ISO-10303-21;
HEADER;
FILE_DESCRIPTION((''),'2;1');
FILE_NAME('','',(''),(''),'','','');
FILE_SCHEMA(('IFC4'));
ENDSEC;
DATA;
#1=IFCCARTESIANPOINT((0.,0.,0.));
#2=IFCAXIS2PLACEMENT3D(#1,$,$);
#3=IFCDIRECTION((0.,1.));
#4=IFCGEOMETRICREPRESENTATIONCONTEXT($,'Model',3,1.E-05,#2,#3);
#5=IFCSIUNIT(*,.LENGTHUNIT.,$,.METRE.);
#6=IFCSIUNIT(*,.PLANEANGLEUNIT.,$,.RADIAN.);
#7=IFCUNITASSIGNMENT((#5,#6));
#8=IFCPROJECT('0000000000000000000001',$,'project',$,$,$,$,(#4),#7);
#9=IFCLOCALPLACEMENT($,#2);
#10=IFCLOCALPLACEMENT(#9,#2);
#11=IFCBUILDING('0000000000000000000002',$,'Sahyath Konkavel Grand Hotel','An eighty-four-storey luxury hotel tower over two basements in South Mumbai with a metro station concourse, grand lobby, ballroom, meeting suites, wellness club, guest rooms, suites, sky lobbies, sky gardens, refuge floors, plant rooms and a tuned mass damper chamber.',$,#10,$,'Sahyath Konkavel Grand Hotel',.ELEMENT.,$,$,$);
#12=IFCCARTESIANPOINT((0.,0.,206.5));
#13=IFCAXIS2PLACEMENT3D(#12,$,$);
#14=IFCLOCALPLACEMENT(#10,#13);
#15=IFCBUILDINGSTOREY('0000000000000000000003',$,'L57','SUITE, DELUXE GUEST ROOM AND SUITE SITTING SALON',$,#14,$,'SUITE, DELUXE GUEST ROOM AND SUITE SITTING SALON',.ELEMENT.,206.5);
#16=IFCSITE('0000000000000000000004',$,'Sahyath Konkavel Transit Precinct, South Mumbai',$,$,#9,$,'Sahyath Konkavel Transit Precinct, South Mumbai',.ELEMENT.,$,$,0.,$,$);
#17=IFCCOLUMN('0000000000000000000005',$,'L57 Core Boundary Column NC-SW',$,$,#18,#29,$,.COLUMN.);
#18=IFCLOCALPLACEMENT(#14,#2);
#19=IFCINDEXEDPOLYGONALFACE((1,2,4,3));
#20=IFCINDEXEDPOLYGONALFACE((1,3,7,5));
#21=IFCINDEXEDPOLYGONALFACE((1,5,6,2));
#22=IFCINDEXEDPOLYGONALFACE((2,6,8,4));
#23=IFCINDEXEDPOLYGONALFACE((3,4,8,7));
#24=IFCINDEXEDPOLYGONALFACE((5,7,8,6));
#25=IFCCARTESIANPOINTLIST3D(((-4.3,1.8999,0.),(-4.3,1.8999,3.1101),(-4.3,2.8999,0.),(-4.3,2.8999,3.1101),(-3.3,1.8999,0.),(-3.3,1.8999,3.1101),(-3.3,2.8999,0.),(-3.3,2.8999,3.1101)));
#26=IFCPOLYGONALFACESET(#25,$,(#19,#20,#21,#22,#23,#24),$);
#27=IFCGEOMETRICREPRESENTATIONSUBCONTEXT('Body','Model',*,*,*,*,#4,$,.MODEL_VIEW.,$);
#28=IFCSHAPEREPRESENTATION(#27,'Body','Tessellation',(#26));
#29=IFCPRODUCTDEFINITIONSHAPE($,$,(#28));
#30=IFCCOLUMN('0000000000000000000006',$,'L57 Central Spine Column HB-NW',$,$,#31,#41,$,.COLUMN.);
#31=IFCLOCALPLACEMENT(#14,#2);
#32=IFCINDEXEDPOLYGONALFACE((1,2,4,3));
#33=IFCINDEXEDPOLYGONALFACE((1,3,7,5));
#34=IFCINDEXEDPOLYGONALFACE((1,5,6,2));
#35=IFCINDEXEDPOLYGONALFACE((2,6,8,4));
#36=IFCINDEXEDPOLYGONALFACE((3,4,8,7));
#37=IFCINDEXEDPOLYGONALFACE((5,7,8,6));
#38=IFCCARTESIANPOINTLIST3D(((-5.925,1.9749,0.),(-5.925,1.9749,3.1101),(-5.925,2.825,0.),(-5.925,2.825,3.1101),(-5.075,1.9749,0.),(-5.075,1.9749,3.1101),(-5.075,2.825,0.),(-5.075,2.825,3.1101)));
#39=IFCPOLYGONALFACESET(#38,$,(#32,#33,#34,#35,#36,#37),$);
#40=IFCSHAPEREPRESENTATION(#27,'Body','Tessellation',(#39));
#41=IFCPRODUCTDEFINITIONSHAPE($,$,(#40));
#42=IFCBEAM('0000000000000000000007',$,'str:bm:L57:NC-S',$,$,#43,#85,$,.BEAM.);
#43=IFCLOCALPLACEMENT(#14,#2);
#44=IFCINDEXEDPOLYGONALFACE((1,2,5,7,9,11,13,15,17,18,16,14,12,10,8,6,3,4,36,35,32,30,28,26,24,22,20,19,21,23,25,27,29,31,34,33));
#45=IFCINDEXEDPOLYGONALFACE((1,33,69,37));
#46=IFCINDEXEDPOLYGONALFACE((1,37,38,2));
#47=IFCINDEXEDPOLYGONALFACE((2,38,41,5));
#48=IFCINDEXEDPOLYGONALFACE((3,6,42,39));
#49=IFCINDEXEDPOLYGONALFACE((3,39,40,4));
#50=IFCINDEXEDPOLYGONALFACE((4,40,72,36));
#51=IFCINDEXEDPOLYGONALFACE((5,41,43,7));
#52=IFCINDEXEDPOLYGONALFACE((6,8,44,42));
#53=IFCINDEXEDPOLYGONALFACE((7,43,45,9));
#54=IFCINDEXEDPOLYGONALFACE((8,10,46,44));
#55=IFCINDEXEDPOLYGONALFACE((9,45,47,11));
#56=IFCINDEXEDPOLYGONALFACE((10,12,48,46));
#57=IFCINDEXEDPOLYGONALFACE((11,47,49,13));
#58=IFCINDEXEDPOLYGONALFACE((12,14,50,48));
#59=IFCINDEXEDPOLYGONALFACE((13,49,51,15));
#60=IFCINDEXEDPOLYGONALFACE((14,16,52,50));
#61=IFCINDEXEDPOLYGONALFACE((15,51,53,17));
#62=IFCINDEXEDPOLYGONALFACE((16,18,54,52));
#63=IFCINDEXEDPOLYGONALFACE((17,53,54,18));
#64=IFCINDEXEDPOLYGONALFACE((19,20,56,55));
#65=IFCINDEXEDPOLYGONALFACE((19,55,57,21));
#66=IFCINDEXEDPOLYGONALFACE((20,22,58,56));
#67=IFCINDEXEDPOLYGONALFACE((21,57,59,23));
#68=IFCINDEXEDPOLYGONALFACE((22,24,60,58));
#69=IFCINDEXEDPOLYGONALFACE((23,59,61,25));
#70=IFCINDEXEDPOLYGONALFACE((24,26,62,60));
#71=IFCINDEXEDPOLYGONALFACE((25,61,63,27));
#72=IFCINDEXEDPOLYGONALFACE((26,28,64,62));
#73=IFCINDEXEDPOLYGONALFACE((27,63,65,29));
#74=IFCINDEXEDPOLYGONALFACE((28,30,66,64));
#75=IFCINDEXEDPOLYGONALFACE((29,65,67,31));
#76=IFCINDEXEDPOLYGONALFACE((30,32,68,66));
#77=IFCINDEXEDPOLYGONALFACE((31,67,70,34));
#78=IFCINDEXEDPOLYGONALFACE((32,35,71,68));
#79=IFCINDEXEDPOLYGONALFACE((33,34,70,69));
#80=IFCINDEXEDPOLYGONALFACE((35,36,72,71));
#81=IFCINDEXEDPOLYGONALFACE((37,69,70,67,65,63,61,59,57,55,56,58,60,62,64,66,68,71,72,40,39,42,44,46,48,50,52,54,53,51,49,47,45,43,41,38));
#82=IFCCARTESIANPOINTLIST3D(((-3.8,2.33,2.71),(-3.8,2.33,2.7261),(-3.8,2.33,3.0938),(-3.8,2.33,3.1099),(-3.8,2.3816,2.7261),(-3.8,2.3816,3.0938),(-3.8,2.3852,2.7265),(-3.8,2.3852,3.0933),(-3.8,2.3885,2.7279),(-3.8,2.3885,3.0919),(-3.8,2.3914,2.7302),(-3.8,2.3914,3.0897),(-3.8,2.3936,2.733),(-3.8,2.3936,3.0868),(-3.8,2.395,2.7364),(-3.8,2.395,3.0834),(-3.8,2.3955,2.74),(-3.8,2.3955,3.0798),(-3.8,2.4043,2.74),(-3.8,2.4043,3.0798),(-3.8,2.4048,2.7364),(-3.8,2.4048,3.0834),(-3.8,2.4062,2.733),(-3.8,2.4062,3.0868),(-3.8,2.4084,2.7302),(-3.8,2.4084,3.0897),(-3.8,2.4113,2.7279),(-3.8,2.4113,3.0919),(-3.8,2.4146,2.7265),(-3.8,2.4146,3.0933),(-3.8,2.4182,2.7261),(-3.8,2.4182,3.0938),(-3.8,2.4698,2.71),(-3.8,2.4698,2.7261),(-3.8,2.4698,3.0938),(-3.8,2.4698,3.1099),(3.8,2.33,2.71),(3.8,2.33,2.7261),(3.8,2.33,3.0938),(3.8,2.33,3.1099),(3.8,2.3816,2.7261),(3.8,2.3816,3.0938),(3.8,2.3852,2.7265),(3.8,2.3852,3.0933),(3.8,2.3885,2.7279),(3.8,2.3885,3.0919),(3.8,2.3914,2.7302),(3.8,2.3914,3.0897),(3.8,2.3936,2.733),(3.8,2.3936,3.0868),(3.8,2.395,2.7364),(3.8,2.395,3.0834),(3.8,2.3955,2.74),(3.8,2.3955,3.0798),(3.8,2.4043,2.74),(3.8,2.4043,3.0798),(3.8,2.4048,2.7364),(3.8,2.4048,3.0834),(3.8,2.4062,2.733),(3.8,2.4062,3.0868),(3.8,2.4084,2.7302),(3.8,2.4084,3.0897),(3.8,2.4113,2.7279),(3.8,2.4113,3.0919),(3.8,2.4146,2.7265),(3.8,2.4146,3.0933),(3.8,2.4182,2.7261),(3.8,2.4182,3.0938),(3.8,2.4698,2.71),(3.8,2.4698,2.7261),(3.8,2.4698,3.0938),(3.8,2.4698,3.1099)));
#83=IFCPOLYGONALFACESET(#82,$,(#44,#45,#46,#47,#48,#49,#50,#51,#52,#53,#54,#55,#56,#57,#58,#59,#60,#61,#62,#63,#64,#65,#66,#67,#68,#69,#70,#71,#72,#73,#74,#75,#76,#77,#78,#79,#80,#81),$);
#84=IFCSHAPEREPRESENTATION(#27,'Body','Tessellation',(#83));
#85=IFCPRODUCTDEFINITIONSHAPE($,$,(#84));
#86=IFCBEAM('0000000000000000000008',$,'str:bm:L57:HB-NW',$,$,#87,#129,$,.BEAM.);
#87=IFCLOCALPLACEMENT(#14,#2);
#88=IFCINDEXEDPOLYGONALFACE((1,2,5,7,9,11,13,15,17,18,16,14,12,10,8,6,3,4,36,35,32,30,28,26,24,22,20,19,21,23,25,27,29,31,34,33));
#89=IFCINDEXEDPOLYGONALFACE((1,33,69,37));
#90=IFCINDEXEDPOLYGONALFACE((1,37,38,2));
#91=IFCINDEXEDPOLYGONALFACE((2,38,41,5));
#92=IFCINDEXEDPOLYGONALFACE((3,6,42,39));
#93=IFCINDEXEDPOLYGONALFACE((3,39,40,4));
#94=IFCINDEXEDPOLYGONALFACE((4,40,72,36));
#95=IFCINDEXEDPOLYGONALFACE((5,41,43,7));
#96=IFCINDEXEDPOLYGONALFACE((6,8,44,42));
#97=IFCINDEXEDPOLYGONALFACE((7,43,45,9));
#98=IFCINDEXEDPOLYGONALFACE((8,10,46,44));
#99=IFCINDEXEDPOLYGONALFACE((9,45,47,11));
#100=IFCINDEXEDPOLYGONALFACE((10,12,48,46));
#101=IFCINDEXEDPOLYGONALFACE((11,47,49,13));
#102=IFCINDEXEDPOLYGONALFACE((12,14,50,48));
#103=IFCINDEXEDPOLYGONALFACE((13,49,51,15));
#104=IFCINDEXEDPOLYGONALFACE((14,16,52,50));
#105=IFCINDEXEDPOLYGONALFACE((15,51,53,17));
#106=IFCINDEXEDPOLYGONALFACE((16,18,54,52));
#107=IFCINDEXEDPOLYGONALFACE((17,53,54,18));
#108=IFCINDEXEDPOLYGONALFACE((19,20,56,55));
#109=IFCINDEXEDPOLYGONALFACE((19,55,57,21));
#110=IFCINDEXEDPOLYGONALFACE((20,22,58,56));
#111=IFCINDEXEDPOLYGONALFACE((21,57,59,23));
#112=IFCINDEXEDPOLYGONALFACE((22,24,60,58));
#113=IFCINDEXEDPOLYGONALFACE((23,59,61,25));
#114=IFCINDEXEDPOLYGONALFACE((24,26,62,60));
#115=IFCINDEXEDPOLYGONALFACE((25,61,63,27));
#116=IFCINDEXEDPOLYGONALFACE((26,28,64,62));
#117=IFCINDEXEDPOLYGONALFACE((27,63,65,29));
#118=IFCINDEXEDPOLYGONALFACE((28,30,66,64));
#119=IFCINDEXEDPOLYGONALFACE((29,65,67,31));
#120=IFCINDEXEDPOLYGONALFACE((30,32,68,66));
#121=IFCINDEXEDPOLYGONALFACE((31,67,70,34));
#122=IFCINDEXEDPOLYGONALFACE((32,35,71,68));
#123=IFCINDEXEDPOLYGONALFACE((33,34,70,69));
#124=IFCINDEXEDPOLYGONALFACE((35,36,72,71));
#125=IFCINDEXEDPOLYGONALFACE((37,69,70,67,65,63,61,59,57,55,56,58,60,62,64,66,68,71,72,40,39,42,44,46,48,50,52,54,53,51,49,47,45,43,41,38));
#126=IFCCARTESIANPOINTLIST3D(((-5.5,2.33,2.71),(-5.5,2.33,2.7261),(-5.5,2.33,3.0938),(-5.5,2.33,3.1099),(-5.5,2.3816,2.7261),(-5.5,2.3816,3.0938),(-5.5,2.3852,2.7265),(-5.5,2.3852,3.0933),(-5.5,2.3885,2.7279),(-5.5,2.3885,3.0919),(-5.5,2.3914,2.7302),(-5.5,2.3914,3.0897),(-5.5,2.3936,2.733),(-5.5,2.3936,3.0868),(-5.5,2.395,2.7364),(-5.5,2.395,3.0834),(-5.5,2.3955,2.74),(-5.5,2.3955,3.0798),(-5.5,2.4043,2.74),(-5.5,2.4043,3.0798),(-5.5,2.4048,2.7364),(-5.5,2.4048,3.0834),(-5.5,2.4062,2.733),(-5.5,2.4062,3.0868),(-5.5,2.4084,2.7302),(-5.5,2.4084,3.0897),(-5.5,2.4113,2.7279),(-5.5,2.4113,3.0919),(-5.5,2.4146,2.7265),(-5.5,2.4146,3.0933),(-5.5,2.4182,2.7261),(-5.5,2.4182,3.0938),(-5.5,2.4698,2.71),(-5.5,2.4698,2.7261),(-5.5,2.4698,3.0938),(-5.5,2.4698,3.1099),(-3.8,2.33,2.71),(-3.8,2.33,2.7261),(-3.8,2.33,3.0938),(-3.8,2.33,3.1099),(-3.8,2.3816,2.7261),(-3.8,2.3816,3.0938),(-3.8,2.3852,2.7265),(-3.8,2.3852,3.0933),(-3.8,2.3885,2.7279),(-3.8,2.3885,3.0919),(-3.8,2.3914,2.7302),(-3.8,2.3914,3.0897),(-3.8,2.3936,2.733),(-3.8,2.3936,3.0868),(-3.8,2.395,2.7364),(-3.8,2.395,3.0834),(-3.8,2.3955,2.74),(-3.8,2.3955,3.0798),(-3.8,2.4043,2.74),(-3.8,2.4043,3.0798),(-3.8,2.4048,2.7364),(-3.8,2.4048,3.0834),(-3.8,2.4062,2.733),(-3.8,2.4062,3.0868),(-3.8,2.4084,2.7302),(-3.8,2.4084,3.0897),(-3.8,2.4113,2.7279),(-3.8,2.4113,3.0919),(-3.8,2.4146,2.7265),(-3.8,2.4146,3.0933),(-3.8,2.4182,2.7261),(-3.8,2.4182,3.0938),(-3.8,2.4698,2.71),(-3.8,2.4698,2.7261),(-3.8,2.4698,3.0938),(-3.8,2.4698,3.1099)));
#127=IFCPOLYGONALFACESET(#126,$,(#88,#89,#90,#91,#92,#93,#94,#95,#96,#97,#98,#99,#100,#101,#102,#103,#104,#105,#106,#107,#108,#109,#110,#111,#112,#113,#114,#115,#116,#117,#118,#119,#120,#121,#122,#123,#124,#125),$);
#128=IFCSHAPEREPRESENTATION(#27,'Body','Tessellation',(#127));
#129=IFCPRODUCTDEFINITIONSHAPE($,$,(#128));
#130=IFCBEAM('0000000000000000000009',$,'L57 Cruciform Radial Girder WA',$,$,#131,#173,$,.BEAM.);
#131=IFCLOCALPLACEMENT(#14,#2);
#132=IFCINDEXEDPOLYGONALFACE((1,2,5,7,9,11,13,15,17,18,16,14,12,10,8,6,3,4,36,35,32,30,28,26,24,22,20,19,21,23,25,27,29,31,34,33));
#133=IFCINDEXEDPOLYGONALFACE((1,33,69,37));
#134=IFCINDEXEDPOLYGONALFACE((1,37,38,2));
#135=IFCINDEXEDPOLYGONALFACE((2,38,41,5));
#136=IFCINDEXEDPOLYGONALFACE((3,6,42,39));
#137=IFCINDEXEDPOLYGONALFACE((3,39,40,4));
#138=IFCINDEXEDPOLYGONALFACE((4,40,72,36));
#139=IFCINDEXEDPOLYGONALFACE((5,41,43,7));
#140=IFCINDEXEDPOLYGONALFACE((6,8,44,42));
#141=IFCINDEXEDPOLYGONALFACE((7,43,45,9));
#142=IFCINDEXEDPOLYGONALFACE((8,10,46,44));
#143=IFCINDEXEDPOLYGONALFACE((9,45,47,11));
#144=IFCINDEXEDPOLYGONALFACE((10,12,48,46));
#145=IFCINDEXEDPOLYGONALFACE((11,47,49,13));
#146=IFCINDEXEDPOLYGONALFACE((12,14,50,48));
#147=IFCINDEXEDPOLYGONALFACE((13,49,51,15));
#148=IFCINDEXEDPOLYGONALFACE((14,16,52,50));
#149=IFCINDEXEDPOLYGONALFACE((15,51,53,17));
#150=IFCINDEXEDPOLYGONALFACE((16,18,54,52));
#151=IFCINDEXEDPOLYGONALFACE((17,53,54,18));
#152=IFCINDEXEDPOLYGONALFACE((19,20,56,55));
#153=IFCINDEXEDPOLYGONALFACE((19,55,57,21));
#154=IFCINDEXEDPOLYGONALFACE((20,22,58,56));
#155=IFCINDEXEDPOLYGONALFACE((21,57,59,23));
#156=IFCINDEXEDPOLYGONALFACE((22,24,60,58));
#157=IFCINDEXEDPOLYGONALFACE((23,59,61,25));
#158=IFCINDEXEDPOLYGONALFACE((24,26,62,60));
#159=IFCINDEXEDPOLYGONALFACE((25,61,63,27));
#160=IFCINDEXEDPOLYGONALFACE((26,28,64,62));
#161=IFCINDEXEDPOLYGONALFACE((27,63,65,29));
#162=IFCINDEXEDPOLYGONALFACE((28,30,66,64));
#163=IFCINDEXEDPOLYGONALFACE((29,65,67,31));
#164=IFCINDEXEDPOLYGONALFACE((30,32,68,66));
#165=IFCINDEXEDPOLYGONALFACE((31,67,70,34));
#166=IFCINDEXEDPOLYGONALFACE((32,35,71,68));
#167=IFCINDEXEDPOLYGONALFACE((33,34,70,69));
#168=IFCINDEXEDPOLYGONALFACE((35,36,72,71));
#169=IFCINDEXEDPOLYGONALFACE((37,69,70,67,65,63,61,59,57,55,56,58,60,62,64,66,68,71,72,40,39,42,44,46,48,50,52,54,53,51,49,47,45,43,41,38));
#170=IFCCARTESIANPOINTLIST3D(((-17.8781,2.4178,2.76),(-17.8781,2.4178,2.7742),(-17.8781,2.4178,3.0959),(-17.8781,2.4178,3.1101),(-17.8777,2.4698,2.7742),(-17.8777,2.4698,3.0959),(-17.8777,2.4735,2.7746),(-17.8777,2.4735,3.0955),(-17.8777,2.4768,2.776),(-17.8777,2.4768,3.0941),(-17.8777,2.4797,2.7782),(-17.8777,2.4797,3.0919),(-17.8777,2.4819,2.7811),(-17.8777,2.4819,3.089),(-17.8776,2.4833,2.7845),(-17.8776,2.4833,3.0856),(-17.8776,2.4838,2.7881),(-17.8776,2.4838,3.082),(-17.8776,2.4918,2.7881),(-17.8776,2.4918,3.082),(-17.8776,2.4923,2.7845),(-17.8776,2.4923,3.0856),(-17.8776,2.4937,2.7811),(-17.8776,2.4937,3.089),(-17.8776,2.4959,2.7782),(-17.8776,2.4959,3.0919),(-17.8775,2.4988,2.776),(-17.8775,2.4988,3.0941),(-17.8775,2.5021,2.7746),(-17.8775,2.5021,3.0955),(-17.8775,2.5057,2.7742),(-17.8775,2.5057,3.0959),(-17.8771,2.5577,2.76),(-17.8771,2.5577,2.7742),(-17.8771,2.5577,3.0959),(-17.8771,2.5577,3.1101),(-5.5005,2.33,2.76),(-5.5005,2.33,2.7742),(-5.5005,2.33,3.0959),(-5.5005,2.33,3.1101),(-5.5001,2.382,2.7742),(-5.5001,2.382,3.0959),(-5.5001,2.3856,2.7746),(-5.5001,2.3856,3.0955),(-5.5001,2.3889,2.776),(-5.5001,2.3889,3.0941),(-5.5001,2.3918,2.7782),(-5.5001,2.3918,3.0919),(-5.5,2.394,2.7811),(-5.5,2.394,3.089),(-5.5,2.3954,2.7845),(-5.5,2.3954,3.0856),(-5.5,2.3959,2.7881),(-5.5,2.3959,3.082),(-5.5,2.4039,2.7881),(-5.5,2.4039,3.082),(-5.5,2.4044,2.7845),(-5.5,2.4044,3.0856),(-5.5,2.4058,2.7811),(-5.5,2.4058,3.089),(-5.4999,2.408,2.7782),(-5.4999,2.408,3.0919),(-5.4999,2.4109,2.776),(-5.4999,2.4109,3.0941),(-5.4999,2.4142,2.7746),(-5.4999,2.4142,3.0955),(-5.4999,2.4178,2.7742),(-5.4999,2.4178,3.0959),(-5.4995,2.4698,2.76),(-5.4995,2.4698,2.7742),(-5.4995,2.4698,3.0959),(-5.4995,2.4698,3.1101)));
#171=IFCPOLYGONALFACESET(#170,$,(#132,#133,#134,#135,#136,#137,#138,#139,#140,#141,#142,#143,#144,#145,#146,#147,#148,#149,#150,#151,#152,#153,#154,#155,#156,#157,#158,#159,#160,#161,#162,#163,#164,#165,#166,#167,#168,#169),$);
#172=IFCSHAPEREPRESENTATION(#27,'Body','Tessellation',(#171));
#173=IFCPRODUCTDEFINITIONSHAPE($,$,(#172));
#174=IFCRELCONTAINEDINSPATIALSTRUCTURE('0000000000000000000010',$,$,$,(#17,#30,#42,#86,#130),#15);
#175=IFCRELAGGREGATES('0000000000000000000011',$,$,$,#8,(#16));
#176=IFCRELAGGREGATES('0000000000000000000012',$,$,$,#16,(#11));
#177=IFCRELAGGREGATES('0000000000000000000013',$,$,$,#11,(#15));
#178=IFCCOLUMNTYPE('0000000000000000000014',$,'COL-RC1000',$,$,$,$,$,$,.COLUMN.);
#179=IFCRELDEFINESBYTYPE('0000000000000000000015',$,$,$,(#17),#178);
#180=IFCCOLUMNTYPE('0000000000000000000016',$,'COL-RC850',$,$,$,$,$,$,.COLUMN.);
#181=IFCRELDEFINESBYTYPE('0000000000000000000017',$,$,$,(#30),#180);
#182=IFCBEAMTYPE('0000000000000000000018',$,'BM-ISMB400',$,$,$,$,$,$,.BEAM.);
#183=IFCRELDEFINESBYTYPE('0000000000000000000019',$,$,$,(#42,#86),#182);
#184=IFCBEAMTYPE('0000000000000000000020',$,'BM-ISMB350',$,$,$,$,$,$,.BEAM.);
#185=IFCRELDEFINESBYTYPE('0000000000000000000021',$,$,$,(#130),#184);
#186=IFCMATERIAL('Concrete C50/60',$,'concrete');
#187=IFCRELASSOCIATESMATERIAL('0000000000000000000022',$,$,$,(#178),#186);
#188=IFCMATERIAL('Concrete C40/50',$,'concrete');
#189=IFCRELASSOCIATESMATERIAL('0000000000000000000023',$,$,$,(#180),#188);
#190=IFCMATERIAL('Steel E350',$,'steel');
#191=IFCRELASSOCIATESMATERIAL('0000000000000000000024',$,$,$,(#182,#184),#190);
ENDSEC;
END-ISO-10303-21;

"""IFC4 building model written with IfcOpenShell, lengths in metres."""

from ifc_helpers import new_model, si_unit, direction, frame, origin, origin_2d, place, context, subcontext, project, spatial, rectangle, i_section, extrude, source, transform, mapped, material, material_profile, profile_set, type_object, element, save


model = new_model("IFC4")

# Units and contexts
model_context = context("Model", 3, precision=1e-05, world=origin(), true_north=direction((0.0, 1.0)))
body_context = subcontext(model_context, "Body", "Model", "MODEL_VIEW")
ifc_project = project(units=[si_unit("LENGTHUNIT", "METRE"), si_unit("PLANEANGLEUNIT", "RADIAN")], contexts=[model_context])

# Site, building, storey
site_placement = place(None, origin())
site = spatial("IfcSite", under=ifc_project, at=site_placement, Name="Sahyath Konkavel Transit Precinct, South Mumbai", LongName="Sahyath Konkavel Transit Precinct, South Mumbai", CompositionType="ELEMENT", RefElevation=0.0)
building_placement = place(site_placement, origin())
building = spatial("IfcBuilding", under=site, at=building_placement, Name="Sahyath Konkavel Grand Hotel", Description="An eighty-four-storey luxury hotel tower over two basements in South Mumbai with a metro station concourse, grand lobby, ballroom, meeting suites, wellness club, guest rooms, suites, sky lobbies, sky gardens, refuge floors, plant rooms and a tuned mass damper chamber.", LongName="Sahyath Konkavel Grand Hotel", CompositionType="ELEMENT")
storey_placement = place(building_placement, frame((0.0, 0.0, 206.5)))
storey = spatial("IfcBuildingStorey", under=building, at=storey_placement, Name="L57", Description="SUITE, DELUXE GUEST ROOM AND SUITE SITTING SALON", LongName="SUITE, DELUXE GUEST ROOM AND SUITE SITTING SALON", CompositionType="ELEMENT", Elevation=206.5)

# Columns
ifc_material_1 = material(Name="Concrete C50/60", Category="concrete")
ifc_material_profile_1 = material_profile(ifc_material_1, rectangle(XDim=1.0, YDim=1.0, at=origin_2d()), Name="RC 1000x1000")
ifc_profile_set_1 = profile_set([ifc_material_profile_1], Name="Concrete C50/60")
column_type_1 = type_object("IfcColumnType", Name="COL-RC1000", PredefinedType="COLUMN", material=ifc_profile_set_1)
shared_shape_1 = source(origin(), body_context, "Body", "SweptSolid", [
    extrude(rectangle(XDim=1.0, YDim=1.0, at=origin_2d()), origin(), (0.0, 0.0, 1.0), 3.1101),
])
column_1_placement = place(storey_placement, frame((-3.8, 2.3999, 0.0), z_axis=(0.0, 0.0, 1.0), x_axis=(1.0, 0.0, 0.0)))
element("IfcColumn", 1, at=column_1_placement, inside=storey, type_object=column_type_1, Name="L57 Core Boundary Column NC-SW", PredefinedType="COLUMN", context=body_context, shape_type="MappedRepresentation", body=[
    mapped(shared_shape_1, transform((0.0, 0.0, 0.0), scale=1.0)),
])
ifc_material_2 = material(Name="Concrete C40/50", Category="concrete")
ifc_material_profile_2 = material_profile(ifc_material_2, rectangle(XDim=0.8501, YDim=0.8501, at=origin_2d()), Name="RC 850x850")
ifc_profile_set_2 = profile_set([ifc_material_profile_2], Name="Concrete C40/50")
column_type_2 = type_object("IfcColumnType", Name="COL-RC850", PredefinedType="COLUMN", material=ifc_profile_set_2)
shared_shape_2 = source(origin(), body_context, "Body", "SweptSolid", [
    extrude(rectangle(XDim=0.8501, YDim=0.8501, at=origin_2d()), origin(), (0.0, 0.0, 1.0), 3.1101),
])
column_2_placement = place(storey_placement, frame((-5.5, 2.3999, 0.0), z_axis=(0.0, 0.0, 1.0), x_axis=(1.0, 0.0, 0.0)))
element("IfcColumn", 2, at=column_2_placement, inside=storey, type_object=column_type_2, Name="L57 Central Spine Column HB-NW", PredefinedType="COLUMN", context=body_context, shape_type="MappedRepresentation", body=[
    mapped(shared_shape_2, transform((0.0, 0.0, 0.0), scale=1.0)),
])

# Beams
ifc_material_3 = material(Name="Steel E350", Category="steel")
ifc_material_profile_3 = material_profile(ifc_material_3, i_section(OverallWidth=0.1399, OverallDepth=0.3999, WebThickness=0.0088, FlangeThickness=0.0161, FilletRadius=0.0139, at=origin_2d()), Name="ISMB 400")
ifc_profile_set_3 = profile_set([ifc_material_profile_3], Name="Steel E350")
beam_type_1 = type_object("IfcBeamType", Name="BM-ISMB400", PredefinedType="BEAM", material=ifc_profile_set_3)
shared_shape_3 = source(origin(), body_context, "Body", "SweptSolid", [
    extrude(i_section(OverallWidth=0.1399, OverallDepth=0.3999, WebThickness=0.0088, FlangeThickness=0.0161, FilletRadius=0.0139, at=origin_2d()), origin(), (0.0, 0.0, 1.0), 7.6001),
])
beam_1_placement = place(storey_placement, frame((-3.8, 2.3999, 2.9099), z_axis=(1.0, 0.0, 0.0), x_axis=(0.0, 1.0, 0.0)))
element("IfcBeam", 3, at=beam_1_placement, inside=storey, type_object=beam_type_1, Name="str:bm:L57:NC-S", PredefinedType="BEAM", context=body_context, shape_type="MappedRepresentation", body=[
    mapped(shared_shape_3, transform((0.0, 0.0, 0.0), scale=1.0)),
])
shared_shape_4 = source(origin(), body_context, "Body", "SweptSolid", [
    extrude(i_section(OverallWidth=0.1399, OverallDepth=0.3999, WebThickness=0.0088, FlangeThickness=0.0161, FilletRadius=0.0139, at=origin_2d()), origin(), (0.0, 0.0, 1.0), 1.7),
])
beam_2_placement = place(storey_placement, frame((-5.5, 2.3999, 2.9099), z_axis=(1.0, 0.0, 0.0), x_axis=(0.0, 1.0, 0.0)))
element("IfcBeam", 4, at=beam_2_placement, inside=storey, type_object=beam_type_1, Name="str:bm:L57:HB-NW", PredefinedType="BEAM", context=body_context, shape_type="MappedRepresentation", body=[
    mapped(shared_shape_4, transform((0.0, 0.0, 0.0), scale=1.0)),
])
ifc_material_profile_4 = material_profile(ifc_material_3, i_section(OverallWidth=0.1399, OverallDepth=0.3501, WebThickness=0.0081, FlangeThickness=0.0142, FilletRadius=0.0139, at=origin_2d()), Name="ISMB 350")
ifc_profile_set_4 = profile_set([ifc_material_profile_4], Name="Steel E350")
beam_type_2 = type_object("IfcBeamType", Name="BM-ISMB350", PredefinedType="BEAM", material=ifc_profile_set_4)
shared_shape_5 = source(origin(), body_context, "Body", "SweptSolid", [
    extrude(i_section(OverallWidth=0.1399, OverallDepth=0.3501, WebThickness=0.0081, FlangeThickness=0.0142, FilletRadius=0.0139, at=origin_2d()), origin(), (0.0, 0.0, 1.0), 12.3779),
])
beam_3_placement = place(storey_placement, frame((-5.5, 2.3999, 2.9351), z_axis=(-0.999975, 0.007101, 0.0), x_axis=(-0.007101, -0.999975, 0.0)))
element("IfcBeam", 5, at=beam_3_placement, inside=storey, type_object=beam_type_2, Name="L57 Cruciform Radial Girder WA", PredefinedType="BEAM", context=body_context, shape_type="MappedRepresentation", body=[
    mapped(shared_shape_5, transform((0.0, 0.0, 0.0), scale=1.0)),
])

save(model, "model.ifc")
